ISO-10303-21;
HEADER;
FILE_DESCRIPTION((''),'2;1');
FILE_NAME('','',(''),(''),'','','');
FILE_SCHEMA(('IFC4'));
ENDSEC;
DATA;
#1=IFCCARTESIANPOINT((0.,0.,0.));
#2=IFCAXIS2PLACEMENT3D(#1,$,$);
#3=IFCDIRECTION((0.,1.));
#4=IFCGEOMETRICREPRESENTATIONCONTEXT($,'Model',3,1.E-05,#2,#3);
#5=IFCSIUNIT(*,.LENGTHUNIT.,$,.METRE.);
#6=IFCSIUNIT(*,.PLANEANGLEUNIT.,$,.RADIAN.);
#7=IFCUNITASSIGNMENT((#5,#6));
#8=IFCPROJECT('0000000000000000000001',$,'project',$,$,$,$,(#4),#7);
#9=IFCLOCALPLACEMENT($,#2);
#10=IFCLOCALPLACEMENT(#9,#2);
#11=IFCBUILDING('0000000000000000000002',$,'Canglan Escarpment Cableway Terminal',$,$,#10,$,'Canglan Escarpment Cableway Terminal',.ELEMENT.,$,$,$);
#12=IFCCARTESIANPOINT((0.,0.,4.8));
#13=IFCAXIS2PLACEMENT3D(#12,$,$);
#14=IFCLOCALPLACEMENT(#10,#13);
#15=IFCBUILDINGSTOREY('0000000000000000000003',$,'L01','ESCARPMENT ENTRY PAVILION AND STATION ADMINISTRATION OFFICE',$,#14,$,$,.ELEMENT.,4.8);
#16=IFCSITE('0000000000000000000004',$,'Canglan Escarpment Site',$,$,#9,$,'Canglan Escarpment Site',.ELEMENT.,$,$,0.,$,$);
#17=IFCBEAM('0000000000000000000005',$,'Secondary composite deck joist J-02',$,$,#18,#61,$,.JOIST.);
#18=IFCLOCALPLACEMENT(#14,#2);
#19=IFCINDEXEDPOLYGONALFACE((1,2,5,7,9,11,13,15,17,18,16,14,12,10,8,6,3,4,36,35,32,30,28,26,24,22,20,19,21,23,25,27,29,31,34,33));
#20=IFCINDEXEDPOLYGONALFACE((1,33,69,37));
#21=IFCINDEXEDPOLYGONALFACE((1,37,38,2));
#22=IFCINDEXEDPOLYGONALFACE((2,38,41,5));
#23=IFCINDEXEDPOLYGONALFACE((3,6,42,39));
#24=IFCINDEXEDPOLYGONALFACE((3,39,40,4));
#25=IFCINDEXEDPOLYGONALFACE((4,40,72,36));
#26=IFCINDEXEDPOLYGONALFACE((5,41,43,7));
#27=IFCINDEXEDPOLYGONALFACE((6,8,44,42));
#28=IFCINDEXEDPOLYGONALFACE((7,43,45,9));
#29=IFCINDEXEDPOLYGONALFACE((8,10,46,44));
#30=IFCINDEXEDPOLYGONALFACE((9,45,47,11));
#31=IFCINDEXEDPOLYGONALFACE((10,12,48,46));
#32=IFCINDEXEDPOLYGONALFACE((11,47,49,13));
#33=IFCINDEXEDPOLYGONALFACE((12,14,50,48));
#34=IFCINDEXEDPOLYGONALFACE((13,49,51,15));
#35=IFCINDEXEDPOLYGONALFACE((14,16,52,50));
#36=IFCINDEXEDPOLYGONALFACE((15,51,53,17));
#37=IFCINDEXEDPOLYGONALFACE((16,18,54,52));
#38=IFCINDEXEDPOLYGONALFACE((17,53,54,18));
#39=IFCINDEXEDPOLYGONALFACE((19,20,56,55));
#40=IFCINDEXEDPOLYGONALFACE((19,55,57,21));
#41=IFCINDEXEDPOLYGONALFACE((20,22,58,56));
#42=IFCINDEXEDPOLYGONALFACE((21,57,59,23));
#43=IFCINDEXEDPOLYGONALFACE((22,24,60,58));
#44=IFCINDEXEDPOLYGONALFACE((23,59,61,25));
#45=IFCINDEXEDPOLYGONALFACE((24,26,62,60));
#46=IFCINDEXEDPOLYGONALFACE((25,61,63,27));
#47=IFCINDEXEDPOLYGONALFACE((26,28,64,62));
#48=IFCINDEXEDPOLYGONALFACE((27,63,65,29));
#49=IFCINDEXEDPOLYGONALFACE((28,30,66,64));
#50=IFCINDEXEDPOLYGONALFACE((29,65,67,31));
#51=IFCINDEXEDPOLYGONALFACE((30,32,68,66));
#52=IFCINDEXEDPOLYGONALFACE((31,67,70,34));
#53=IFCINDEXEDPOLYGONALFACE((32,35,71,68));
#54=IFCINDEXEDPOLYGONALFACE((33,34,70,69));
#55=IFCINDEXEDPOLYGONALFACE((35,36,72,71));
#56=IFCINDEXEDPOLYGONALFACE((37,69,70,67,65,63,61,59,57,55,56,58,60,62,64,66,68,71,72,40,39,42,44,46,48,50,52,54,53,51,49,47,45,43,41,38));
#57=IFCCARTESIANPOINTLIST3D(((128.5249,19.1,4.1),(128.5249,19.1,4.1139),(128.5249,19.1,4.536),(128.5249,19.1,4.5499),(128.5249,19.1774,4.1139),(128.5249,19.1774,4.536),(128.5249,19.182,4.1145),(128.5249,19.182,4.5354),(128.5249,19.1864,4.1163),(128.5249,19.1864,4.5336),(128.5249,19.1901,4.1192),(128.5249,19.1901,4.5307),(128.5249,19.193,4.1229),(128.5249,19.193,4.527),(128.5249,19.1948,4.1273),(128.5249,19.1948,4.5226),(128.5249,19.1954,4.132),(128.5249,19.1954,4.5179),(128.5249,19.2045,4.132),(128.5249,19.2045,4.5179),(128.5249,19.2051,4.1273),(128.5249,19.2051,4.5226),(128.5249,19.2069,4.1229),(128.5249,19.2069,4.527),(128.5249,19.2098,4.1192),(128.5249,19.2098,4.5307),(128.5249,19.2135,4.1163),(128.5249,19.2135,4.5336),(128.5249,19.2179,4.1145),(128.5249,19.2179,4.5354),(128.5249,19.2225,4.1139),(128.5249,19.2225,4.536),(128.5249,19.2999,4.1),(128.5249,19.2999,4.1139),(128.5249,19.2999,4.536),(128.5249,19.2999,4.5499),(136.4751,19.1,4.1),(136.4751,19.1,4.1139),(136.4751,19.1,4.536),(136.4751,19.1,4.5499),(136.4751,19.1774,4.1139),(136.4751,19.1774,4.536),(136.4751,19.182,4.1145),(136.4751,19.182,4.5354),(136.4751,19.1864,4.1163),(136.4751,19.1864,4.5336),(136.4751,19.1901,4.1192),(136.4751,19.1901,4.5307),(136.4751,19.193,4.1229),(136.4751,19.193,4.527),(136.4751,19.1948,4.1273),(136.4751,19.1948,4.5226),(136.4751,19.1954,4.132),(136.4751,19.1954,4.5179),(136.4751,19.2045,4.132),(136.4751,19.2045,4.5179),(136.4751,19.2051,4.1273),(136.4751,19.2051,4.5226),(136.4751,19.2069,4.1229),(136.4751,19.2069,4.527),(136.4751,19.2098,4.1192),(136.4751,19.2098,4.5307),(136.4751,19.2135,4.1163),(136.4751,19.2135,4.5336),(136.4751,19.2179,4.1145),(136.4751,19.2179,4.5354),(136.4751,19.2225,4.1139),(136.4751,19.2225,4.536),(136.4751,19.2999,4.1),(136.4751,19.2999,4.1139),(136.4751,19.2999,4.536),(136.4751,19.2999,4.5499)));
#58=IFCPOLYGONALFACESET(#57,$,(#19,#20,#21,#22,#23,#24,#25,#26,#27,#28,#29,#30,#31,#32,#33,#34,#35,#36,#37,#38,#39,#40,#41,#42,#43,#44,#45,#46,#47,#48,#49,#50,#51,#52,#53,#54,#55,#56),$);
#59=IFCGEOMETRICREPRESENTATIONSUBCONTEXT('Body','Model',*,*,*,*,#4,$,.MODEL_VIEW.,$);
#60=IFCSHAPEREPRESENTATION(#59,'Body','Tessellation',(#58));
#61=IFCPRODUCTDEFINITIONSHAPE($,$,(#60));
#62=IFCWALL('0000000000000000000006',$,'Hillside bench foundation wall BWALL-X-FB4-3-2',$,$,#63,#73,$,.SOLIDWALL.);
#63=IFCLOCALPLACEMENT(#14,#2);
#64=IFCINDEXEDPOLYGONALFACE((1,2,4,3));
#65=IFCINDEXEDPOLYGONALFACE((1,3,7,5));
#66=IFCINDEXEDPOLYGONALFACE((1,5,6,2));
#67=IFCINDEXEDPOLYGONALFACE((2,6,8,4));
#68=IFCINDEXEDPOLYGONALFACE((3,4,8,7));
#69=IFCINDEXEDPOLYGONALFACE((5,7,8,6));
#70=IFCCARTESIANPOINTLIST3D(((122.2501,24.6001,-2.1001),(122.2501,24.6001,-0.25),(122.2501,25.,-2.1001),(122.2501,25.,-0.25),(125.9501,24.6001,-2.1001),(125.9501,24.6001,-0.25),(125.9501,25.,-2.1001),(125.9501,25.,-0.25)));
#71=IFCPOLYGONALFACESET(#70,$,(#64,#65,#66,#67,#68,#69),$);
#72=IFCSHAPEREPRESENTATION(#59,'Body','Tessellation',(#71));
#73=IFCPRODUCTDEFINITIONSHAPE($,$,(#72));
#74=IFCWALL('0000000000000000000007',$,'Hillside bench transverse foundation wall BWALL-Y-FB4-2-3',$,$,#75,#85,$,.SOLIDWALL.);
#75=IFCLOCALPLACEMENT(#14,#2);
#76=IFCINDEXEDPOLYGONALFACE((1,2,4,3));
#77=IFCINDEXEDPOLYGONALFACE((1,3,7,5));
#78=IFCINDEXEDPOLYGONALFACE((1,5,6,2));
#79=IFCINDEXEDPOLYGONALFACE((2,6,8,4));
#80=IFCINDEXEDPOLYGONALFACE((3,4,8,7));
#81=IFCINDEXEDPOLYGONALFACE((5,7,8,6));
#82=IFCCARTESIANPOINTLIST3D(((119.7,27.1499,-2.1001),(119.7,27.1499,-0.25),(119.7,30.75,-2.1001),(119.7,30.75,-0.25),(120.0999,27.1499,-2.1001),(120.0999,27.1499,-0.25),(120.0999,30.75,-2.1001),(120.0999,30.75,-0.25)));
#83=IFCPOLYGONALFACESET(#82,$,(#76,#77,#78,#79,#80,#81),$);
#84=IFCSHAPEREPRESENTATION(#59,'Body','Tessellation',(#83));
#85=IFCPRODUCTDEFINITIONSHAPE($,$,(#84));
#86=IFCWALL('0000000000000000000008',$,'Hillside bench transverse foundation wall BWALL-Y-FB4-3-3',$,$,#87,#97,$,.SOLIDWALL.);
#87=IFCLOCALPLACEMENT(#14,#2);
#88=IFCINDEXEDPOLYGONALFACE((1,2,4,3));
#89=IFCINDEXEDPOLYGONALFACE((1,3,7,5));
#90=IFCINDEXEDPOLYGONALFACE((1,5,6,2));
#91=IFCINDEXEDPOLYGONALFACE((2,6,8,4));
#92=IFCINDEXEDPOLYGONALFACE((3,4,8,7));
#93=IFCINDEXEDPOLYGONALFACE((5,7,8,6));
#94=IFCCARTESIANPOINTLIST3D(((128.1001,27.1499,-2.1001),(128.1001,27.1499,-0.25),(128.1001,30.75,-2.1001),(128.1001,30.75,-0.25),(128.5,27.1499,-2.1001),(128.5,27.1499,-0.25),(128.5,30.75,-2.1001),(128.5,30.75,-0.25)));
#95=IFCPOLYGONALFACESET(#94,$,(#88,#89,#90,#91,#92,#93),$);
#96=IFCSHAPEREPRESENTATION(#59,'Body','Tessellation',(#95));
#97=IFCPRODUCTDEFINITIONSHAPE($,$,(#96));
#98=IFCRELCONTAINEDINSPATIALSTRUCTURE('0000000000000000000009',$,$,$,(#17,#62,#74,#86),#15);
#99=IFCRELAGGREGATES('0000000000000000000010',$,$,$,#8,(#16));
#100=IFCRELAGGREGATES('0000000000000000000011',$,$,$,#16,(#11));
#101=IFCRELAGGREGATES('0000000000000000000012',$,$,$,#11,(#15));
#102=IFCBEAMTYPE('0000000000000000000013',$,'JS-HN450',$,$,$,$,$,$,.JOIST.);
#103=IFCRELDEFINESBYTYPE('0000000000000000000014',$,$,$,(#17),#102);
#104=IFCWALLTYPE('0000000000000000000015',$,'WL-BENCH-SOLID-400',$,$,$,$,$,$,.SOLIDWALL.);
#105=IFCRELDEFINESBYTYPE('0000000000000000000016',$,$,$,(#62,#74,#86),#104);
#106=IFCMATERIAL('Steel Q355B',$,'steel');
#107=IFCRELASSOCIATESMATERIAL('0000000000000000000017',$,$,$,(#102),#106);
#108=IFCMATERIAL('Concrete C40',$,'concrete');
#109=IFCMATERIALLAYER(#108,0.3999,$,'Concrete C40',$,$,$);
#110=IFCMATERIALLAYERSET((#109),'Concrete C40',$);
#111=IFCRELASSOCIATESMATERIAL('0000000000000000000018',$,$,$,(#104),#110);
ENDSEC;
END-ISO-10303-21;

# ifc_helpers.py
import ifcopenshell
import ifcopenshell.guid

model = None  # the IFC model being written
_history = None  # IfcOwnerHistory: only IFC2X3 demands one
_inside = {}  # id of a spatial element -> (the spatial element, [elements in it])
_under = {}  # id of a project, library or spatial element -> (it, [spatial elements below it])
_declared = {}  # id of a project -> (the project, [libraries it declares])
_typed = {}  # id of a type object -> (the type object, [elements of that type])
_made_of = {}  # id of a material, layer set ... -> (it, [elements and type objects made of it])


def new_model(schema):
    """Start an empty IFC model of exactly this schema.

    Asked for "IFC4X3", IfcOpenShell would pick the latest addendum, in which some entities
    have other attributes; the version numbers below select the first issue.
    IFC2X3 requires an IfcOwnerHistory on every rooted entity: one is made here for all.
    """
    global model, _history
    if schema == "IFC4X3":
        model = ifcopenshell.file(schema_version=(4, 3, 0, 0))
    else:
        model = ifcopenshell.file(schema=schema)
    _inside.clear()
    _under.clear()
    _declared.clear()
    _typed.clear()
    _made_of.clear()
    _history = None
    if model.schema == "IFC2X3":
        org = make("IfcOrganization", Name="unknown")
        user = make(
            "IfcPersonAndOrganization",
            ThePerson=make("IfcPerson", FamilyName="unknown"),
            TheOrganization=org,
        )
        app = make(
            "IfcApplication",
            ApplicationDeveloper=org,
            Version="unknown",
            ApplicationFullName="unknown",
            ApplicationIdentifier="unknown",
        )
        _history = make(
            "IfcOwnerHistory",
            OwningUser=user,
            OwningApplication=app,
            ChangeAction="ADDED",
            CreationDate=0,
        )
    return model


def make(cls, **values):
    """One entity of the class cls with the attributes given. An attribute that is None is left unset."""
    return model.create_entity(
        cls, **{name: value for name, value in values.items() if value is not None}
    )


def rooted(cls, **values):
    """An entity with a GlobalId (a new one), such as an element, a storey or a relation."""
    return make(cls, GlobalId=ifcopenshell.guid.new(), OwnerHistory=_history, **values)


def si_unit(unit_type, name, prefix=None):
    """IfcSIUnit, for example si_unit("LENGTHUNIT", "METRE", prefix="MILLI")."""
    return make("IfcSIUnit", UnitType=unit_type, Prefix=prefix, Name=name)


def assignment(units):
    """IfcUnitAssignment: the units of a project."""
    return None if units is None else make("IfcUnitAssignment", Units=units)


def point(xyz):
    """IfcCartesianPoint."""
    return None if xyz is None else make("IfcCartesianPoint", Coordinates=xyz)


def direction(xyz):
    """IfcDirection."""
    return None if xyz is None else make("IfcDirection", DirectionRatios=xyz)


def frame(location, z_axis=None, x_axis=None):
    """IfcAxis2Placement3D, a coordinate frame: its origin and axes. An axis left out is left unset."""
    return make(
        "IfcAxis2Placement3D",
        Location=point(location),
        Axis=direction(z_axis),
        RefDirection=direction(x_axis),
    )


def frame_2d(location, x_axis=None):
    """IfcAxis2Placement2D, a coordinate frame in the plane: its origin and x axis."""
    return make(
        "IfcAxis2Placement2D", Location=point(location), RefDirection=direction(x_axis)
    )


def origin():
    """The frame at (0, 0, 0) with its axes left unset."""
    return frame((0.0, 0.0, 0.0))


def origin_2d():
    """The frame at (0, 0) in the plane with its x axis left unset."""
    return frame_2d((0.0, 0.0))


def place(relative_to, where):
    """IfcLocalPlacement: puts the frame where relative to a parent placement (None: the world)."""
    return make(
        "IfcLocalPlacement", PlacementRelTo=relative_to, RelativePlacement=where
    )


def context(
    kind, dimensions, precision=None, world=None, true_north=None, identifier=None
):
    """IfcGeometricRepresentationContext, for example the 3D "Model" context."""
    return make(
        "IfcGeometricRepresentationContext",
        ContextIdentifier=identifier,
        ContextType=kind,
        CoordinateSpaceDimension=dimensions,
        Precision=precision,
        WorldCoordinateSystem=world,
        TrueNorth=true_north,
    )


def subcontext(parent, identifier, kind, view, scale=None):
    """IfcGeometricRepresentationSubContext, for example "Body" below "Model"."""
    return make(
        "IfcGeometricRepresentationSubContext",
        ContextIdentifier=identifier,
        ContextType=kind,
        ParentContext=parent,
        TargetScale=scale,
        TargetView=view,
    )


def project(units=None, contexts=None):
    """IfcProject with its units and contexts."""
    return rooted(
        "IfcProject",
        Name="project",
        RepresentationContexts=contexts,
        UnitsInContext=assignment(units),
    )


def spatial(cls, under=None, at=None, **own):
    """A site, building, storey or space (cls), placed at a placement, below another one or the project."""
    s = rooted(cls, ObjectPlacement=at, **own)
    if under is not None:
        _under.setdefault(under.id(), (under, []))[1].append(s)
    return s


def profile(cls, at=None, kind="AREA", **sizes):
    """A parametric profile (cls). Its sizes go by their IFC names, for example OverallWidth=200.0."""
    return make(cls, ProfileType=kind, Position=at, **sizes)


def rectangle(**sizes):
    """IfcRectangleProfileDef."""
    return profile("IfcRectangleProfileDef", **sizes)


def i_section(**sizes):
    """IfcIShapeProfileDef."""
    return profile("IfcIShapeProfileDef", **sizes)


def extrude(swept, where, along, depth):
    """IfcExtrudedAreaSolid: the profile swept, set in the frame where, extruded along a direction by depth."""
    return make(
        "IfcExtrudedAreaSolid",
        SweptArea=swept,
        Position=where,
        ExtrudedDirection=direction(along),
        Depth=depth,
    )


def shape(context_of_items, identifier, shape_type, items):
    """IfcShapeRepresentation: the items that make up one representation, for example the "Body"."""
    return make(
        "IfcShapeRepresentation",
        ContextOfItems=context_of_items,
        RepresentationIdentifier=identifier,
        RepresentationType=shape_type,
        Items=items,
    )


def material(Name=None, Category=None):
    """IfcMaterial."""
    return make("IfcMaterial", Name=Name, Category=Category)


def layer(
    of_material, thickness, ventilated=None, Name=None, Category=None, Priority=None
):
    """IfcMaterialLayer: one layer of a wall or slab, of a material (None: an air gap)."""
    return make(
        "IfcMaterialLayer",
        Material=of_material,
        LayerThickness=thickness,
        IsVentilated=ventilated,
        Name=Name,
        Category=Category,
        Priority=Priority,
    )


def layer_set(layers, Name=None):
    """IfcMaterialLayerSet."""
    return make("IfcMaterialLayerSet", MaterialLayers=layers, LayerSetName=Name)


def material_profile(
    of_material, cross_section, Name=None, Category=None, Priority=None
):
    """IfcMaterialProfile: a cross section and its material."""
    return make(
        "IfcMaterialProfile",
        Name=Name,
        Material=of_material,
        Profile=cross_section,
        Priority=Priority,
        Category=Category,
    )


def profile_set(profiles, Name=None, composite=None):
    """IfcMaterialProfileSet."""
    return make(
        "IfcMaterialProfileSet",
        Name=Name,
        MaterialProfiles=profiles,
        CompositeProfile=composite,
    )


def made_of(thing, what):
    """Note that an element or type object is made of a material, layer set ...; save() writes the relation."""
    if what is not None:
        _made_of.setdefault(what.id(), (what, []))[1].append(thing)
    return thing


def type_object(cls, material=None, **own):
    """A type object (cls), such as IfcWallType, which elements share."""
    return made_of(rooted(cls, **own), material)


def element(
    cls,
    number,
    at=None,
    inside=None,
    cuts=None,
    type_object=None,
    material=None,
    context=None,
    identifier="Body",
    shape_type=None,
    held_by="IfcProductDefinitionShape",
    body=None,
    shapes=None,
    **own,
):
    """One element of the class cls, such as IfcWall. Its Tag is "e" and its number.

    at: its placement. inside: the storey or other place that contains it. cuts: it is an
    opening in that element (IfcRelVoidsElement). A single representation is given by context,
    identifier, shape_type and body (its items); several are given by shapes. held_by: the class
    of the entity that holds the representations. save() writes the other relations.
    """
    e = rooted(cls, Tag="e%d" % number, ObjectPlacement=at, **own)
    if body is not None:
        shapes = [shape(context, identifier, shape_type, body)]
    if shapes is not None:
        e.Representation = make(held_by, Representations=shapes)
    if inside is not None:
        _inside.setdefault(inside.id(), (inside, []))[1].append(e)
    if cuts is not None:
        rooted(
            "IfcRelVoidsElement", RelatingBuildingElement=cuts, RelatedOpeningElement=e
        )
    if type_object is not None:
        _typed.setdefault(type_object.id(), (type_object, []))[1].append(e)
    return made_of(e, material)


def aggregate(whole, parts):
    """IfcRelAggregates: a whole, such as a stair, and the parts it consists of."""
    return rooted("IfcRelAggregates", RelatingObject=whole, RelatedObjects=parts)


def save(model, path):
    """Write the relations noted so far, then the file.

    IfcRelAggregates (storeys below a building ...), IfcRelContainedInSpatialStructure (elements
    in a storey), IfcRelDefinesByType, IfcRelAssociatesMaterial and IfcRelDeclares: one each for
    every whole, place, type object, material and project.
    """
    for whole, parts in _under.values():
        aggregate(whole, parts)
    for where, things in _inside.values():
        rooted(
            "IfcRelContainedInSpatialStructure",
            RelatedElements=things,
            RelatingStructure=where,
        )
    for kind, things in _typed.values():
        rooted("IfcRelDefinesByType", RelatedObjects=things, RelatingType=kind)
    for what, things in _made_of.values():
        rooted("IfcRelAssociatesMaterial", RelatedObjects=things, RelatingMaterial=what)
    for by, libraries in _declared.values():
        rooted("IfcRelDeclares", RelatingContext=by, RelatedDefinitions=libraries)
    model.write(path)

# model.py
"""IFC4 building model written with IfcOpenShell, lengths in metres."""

from ifc_helpers import new_model, si_unit, direction, frame, frame_2d, origin, origin_2d, place, context, subcontext, project, spatial, rectangle, i_section, extrude, material, layer, layer_set, material_profile, profile_set, type_object, element, save


model = new_model("IFC4")

# Units and contexts
model_context = context("Model", 3, precision=1e-05, world=origin(), true_north=direction((0.0, 1.0)))
body_context = subcontext(model_context, "Body", "Model", "MODEL_VIEW")
ifc_project = project(units=[si_unit("LENGTHUNIT", "METRE"), si_unit("PLANEANGLEUNIT", "RADIAN")], contexts=[model_context])

# Site, building, storey
site_placement = place(None, origin())
site = spatial("IfcSite", under=ifc_project, at=site_placement, Name="Canglan Escarpment Site", LongName="Canglan Escarpment Site", CompositionType="ELEMENT", RefElevation=0.0)
building_placement = place(site_placement, origin())
building = spatial("IfcBuilding", under=site, at=building_placement, Name="Canglan Escarpment Cableway Terminal", LongName="Canglan Escarpment Cableway Terminal", CompositionType="ELEMENT")
storey_placement = place(building_placement, frame((0.0, 0.0, 4.8)))
storey = spatial("IfcBuildingStorey", under=building, at=storey_placement, Name="L01", Description="ESCARPMENT ENTRY PAVILION AND STATION ADMINISTRATION OFFICE", CompositionType="ELEMENT", Elevation=4.8)

# Shared definitions
ifc_material_1 = material(Name="Concrete C40", Category="concrete")

# Beam
ifc_material_2 = material(Name="Steel Q355B", Category="steel")
ifc_material_profile_1 = material_profile(ifc_material_2, i_section(OverallWidth=0.2, OverallDepth=0.45, WebThickness=0.009, FlangeThickness=0.0139, FilletRadius=0.0181, at=origin_2d()), Name="HN 450x200x9x14")
ifc_profile_set_1 = profile_set([ifc_material_profile_1], Name="Steel Q355B")
beam_type_1 = type_object("IfcBeamType", Name="JS-HN450", PredefinedType="JOIST", material=ifc_profile_set_1)
beam_1_placement = place(storey_placement, frame((128.5249, 19.2, 4.325), z_axis=(1.0, 0.0, 0.0), x_axis=(0.0, 1.0, 0.0)))
element("IfcBeam", 1, at=beam_1_placement, inside=storey, type_object=beam_type_1, Name="Secondary composite deck joist J-02", PredefinedType="JOIST", context=body_context, shape_type="SweptSolid", body=[
    extrude(i_section(OverallWidth=0.2, OverallDepth=0.45, WebThickness=0.009, FlangeThickness=0.0139, FilletRadius=0.0181, at=origin_2d()), origin(), (0.0, 0.0, 1.0), 7.9502),
])

# Walls
ifc_layer = layer(ifc_material_1, 0.3999, Name="Concrete C40")
ifc_layer_set = layer_set([ifc_layer], Name="Concrete C40")
wall_type = type_object("IfcWallType", Name="WL-BENCH-SOLID-400", PredefinedType="SOLIDWALL", material=ifc_layer_set)
wall_placement = place(storey_placement, frame((122.25, 24.8, -2.1001), z_axis=(0.0, 0.0, 1.0), x_axis=(1.0, 0.0, 0.0)))
element("IfcWall", 2, at=wall_placement, inside=storey, type_object=wall_type, Name="Hillside bench foundation wall BWALL-X-FB4-3-2", PredefinedType="SOLIDWALL", context=body_context, shape_type="SweptSolid", body=[
    extrude(rectangle(XDim=3.7, YDim=0.3999, at=frame_2d((1.8501, 0.0))), origin(), (0.0, 0.0, 1.0), 1.8501),
])
for number, where, z_axis, x_axis, name in (
    (3, (119.8999, 27.1499, -2.1001), (0.0, 0.0, 1.0), (0.0, 1.0, 0.0), "Hillside bench transverse foundation wall BWALL-Y-FB4-2-3"),
    (4, (128.3, 27.1499, -2.1001), (0.0, 0.0, 1.0), (0.0, 1.0, 0.0), "Hillside bench transverse foundation wall BWALL-Y-FB4-3-3"),
):
    element("IfcWall", number, at=place(storey_placement, frame(where, z_axis=z_axis, x_axis=x_axis)), inside=storey, type_object=wall_type, Name=name, PredefinedType="SOLIDWALL", context=body_context, shape_type="SweptSolid", body=[
        extrude(rectangle(XDim=3.6001, YDim=0.3999, at=frame_2d((1.8, 0.0))), origin(), (0.0, 0.0, 1.0), 1.8501),
    ])

save(model, "model.ifc")
